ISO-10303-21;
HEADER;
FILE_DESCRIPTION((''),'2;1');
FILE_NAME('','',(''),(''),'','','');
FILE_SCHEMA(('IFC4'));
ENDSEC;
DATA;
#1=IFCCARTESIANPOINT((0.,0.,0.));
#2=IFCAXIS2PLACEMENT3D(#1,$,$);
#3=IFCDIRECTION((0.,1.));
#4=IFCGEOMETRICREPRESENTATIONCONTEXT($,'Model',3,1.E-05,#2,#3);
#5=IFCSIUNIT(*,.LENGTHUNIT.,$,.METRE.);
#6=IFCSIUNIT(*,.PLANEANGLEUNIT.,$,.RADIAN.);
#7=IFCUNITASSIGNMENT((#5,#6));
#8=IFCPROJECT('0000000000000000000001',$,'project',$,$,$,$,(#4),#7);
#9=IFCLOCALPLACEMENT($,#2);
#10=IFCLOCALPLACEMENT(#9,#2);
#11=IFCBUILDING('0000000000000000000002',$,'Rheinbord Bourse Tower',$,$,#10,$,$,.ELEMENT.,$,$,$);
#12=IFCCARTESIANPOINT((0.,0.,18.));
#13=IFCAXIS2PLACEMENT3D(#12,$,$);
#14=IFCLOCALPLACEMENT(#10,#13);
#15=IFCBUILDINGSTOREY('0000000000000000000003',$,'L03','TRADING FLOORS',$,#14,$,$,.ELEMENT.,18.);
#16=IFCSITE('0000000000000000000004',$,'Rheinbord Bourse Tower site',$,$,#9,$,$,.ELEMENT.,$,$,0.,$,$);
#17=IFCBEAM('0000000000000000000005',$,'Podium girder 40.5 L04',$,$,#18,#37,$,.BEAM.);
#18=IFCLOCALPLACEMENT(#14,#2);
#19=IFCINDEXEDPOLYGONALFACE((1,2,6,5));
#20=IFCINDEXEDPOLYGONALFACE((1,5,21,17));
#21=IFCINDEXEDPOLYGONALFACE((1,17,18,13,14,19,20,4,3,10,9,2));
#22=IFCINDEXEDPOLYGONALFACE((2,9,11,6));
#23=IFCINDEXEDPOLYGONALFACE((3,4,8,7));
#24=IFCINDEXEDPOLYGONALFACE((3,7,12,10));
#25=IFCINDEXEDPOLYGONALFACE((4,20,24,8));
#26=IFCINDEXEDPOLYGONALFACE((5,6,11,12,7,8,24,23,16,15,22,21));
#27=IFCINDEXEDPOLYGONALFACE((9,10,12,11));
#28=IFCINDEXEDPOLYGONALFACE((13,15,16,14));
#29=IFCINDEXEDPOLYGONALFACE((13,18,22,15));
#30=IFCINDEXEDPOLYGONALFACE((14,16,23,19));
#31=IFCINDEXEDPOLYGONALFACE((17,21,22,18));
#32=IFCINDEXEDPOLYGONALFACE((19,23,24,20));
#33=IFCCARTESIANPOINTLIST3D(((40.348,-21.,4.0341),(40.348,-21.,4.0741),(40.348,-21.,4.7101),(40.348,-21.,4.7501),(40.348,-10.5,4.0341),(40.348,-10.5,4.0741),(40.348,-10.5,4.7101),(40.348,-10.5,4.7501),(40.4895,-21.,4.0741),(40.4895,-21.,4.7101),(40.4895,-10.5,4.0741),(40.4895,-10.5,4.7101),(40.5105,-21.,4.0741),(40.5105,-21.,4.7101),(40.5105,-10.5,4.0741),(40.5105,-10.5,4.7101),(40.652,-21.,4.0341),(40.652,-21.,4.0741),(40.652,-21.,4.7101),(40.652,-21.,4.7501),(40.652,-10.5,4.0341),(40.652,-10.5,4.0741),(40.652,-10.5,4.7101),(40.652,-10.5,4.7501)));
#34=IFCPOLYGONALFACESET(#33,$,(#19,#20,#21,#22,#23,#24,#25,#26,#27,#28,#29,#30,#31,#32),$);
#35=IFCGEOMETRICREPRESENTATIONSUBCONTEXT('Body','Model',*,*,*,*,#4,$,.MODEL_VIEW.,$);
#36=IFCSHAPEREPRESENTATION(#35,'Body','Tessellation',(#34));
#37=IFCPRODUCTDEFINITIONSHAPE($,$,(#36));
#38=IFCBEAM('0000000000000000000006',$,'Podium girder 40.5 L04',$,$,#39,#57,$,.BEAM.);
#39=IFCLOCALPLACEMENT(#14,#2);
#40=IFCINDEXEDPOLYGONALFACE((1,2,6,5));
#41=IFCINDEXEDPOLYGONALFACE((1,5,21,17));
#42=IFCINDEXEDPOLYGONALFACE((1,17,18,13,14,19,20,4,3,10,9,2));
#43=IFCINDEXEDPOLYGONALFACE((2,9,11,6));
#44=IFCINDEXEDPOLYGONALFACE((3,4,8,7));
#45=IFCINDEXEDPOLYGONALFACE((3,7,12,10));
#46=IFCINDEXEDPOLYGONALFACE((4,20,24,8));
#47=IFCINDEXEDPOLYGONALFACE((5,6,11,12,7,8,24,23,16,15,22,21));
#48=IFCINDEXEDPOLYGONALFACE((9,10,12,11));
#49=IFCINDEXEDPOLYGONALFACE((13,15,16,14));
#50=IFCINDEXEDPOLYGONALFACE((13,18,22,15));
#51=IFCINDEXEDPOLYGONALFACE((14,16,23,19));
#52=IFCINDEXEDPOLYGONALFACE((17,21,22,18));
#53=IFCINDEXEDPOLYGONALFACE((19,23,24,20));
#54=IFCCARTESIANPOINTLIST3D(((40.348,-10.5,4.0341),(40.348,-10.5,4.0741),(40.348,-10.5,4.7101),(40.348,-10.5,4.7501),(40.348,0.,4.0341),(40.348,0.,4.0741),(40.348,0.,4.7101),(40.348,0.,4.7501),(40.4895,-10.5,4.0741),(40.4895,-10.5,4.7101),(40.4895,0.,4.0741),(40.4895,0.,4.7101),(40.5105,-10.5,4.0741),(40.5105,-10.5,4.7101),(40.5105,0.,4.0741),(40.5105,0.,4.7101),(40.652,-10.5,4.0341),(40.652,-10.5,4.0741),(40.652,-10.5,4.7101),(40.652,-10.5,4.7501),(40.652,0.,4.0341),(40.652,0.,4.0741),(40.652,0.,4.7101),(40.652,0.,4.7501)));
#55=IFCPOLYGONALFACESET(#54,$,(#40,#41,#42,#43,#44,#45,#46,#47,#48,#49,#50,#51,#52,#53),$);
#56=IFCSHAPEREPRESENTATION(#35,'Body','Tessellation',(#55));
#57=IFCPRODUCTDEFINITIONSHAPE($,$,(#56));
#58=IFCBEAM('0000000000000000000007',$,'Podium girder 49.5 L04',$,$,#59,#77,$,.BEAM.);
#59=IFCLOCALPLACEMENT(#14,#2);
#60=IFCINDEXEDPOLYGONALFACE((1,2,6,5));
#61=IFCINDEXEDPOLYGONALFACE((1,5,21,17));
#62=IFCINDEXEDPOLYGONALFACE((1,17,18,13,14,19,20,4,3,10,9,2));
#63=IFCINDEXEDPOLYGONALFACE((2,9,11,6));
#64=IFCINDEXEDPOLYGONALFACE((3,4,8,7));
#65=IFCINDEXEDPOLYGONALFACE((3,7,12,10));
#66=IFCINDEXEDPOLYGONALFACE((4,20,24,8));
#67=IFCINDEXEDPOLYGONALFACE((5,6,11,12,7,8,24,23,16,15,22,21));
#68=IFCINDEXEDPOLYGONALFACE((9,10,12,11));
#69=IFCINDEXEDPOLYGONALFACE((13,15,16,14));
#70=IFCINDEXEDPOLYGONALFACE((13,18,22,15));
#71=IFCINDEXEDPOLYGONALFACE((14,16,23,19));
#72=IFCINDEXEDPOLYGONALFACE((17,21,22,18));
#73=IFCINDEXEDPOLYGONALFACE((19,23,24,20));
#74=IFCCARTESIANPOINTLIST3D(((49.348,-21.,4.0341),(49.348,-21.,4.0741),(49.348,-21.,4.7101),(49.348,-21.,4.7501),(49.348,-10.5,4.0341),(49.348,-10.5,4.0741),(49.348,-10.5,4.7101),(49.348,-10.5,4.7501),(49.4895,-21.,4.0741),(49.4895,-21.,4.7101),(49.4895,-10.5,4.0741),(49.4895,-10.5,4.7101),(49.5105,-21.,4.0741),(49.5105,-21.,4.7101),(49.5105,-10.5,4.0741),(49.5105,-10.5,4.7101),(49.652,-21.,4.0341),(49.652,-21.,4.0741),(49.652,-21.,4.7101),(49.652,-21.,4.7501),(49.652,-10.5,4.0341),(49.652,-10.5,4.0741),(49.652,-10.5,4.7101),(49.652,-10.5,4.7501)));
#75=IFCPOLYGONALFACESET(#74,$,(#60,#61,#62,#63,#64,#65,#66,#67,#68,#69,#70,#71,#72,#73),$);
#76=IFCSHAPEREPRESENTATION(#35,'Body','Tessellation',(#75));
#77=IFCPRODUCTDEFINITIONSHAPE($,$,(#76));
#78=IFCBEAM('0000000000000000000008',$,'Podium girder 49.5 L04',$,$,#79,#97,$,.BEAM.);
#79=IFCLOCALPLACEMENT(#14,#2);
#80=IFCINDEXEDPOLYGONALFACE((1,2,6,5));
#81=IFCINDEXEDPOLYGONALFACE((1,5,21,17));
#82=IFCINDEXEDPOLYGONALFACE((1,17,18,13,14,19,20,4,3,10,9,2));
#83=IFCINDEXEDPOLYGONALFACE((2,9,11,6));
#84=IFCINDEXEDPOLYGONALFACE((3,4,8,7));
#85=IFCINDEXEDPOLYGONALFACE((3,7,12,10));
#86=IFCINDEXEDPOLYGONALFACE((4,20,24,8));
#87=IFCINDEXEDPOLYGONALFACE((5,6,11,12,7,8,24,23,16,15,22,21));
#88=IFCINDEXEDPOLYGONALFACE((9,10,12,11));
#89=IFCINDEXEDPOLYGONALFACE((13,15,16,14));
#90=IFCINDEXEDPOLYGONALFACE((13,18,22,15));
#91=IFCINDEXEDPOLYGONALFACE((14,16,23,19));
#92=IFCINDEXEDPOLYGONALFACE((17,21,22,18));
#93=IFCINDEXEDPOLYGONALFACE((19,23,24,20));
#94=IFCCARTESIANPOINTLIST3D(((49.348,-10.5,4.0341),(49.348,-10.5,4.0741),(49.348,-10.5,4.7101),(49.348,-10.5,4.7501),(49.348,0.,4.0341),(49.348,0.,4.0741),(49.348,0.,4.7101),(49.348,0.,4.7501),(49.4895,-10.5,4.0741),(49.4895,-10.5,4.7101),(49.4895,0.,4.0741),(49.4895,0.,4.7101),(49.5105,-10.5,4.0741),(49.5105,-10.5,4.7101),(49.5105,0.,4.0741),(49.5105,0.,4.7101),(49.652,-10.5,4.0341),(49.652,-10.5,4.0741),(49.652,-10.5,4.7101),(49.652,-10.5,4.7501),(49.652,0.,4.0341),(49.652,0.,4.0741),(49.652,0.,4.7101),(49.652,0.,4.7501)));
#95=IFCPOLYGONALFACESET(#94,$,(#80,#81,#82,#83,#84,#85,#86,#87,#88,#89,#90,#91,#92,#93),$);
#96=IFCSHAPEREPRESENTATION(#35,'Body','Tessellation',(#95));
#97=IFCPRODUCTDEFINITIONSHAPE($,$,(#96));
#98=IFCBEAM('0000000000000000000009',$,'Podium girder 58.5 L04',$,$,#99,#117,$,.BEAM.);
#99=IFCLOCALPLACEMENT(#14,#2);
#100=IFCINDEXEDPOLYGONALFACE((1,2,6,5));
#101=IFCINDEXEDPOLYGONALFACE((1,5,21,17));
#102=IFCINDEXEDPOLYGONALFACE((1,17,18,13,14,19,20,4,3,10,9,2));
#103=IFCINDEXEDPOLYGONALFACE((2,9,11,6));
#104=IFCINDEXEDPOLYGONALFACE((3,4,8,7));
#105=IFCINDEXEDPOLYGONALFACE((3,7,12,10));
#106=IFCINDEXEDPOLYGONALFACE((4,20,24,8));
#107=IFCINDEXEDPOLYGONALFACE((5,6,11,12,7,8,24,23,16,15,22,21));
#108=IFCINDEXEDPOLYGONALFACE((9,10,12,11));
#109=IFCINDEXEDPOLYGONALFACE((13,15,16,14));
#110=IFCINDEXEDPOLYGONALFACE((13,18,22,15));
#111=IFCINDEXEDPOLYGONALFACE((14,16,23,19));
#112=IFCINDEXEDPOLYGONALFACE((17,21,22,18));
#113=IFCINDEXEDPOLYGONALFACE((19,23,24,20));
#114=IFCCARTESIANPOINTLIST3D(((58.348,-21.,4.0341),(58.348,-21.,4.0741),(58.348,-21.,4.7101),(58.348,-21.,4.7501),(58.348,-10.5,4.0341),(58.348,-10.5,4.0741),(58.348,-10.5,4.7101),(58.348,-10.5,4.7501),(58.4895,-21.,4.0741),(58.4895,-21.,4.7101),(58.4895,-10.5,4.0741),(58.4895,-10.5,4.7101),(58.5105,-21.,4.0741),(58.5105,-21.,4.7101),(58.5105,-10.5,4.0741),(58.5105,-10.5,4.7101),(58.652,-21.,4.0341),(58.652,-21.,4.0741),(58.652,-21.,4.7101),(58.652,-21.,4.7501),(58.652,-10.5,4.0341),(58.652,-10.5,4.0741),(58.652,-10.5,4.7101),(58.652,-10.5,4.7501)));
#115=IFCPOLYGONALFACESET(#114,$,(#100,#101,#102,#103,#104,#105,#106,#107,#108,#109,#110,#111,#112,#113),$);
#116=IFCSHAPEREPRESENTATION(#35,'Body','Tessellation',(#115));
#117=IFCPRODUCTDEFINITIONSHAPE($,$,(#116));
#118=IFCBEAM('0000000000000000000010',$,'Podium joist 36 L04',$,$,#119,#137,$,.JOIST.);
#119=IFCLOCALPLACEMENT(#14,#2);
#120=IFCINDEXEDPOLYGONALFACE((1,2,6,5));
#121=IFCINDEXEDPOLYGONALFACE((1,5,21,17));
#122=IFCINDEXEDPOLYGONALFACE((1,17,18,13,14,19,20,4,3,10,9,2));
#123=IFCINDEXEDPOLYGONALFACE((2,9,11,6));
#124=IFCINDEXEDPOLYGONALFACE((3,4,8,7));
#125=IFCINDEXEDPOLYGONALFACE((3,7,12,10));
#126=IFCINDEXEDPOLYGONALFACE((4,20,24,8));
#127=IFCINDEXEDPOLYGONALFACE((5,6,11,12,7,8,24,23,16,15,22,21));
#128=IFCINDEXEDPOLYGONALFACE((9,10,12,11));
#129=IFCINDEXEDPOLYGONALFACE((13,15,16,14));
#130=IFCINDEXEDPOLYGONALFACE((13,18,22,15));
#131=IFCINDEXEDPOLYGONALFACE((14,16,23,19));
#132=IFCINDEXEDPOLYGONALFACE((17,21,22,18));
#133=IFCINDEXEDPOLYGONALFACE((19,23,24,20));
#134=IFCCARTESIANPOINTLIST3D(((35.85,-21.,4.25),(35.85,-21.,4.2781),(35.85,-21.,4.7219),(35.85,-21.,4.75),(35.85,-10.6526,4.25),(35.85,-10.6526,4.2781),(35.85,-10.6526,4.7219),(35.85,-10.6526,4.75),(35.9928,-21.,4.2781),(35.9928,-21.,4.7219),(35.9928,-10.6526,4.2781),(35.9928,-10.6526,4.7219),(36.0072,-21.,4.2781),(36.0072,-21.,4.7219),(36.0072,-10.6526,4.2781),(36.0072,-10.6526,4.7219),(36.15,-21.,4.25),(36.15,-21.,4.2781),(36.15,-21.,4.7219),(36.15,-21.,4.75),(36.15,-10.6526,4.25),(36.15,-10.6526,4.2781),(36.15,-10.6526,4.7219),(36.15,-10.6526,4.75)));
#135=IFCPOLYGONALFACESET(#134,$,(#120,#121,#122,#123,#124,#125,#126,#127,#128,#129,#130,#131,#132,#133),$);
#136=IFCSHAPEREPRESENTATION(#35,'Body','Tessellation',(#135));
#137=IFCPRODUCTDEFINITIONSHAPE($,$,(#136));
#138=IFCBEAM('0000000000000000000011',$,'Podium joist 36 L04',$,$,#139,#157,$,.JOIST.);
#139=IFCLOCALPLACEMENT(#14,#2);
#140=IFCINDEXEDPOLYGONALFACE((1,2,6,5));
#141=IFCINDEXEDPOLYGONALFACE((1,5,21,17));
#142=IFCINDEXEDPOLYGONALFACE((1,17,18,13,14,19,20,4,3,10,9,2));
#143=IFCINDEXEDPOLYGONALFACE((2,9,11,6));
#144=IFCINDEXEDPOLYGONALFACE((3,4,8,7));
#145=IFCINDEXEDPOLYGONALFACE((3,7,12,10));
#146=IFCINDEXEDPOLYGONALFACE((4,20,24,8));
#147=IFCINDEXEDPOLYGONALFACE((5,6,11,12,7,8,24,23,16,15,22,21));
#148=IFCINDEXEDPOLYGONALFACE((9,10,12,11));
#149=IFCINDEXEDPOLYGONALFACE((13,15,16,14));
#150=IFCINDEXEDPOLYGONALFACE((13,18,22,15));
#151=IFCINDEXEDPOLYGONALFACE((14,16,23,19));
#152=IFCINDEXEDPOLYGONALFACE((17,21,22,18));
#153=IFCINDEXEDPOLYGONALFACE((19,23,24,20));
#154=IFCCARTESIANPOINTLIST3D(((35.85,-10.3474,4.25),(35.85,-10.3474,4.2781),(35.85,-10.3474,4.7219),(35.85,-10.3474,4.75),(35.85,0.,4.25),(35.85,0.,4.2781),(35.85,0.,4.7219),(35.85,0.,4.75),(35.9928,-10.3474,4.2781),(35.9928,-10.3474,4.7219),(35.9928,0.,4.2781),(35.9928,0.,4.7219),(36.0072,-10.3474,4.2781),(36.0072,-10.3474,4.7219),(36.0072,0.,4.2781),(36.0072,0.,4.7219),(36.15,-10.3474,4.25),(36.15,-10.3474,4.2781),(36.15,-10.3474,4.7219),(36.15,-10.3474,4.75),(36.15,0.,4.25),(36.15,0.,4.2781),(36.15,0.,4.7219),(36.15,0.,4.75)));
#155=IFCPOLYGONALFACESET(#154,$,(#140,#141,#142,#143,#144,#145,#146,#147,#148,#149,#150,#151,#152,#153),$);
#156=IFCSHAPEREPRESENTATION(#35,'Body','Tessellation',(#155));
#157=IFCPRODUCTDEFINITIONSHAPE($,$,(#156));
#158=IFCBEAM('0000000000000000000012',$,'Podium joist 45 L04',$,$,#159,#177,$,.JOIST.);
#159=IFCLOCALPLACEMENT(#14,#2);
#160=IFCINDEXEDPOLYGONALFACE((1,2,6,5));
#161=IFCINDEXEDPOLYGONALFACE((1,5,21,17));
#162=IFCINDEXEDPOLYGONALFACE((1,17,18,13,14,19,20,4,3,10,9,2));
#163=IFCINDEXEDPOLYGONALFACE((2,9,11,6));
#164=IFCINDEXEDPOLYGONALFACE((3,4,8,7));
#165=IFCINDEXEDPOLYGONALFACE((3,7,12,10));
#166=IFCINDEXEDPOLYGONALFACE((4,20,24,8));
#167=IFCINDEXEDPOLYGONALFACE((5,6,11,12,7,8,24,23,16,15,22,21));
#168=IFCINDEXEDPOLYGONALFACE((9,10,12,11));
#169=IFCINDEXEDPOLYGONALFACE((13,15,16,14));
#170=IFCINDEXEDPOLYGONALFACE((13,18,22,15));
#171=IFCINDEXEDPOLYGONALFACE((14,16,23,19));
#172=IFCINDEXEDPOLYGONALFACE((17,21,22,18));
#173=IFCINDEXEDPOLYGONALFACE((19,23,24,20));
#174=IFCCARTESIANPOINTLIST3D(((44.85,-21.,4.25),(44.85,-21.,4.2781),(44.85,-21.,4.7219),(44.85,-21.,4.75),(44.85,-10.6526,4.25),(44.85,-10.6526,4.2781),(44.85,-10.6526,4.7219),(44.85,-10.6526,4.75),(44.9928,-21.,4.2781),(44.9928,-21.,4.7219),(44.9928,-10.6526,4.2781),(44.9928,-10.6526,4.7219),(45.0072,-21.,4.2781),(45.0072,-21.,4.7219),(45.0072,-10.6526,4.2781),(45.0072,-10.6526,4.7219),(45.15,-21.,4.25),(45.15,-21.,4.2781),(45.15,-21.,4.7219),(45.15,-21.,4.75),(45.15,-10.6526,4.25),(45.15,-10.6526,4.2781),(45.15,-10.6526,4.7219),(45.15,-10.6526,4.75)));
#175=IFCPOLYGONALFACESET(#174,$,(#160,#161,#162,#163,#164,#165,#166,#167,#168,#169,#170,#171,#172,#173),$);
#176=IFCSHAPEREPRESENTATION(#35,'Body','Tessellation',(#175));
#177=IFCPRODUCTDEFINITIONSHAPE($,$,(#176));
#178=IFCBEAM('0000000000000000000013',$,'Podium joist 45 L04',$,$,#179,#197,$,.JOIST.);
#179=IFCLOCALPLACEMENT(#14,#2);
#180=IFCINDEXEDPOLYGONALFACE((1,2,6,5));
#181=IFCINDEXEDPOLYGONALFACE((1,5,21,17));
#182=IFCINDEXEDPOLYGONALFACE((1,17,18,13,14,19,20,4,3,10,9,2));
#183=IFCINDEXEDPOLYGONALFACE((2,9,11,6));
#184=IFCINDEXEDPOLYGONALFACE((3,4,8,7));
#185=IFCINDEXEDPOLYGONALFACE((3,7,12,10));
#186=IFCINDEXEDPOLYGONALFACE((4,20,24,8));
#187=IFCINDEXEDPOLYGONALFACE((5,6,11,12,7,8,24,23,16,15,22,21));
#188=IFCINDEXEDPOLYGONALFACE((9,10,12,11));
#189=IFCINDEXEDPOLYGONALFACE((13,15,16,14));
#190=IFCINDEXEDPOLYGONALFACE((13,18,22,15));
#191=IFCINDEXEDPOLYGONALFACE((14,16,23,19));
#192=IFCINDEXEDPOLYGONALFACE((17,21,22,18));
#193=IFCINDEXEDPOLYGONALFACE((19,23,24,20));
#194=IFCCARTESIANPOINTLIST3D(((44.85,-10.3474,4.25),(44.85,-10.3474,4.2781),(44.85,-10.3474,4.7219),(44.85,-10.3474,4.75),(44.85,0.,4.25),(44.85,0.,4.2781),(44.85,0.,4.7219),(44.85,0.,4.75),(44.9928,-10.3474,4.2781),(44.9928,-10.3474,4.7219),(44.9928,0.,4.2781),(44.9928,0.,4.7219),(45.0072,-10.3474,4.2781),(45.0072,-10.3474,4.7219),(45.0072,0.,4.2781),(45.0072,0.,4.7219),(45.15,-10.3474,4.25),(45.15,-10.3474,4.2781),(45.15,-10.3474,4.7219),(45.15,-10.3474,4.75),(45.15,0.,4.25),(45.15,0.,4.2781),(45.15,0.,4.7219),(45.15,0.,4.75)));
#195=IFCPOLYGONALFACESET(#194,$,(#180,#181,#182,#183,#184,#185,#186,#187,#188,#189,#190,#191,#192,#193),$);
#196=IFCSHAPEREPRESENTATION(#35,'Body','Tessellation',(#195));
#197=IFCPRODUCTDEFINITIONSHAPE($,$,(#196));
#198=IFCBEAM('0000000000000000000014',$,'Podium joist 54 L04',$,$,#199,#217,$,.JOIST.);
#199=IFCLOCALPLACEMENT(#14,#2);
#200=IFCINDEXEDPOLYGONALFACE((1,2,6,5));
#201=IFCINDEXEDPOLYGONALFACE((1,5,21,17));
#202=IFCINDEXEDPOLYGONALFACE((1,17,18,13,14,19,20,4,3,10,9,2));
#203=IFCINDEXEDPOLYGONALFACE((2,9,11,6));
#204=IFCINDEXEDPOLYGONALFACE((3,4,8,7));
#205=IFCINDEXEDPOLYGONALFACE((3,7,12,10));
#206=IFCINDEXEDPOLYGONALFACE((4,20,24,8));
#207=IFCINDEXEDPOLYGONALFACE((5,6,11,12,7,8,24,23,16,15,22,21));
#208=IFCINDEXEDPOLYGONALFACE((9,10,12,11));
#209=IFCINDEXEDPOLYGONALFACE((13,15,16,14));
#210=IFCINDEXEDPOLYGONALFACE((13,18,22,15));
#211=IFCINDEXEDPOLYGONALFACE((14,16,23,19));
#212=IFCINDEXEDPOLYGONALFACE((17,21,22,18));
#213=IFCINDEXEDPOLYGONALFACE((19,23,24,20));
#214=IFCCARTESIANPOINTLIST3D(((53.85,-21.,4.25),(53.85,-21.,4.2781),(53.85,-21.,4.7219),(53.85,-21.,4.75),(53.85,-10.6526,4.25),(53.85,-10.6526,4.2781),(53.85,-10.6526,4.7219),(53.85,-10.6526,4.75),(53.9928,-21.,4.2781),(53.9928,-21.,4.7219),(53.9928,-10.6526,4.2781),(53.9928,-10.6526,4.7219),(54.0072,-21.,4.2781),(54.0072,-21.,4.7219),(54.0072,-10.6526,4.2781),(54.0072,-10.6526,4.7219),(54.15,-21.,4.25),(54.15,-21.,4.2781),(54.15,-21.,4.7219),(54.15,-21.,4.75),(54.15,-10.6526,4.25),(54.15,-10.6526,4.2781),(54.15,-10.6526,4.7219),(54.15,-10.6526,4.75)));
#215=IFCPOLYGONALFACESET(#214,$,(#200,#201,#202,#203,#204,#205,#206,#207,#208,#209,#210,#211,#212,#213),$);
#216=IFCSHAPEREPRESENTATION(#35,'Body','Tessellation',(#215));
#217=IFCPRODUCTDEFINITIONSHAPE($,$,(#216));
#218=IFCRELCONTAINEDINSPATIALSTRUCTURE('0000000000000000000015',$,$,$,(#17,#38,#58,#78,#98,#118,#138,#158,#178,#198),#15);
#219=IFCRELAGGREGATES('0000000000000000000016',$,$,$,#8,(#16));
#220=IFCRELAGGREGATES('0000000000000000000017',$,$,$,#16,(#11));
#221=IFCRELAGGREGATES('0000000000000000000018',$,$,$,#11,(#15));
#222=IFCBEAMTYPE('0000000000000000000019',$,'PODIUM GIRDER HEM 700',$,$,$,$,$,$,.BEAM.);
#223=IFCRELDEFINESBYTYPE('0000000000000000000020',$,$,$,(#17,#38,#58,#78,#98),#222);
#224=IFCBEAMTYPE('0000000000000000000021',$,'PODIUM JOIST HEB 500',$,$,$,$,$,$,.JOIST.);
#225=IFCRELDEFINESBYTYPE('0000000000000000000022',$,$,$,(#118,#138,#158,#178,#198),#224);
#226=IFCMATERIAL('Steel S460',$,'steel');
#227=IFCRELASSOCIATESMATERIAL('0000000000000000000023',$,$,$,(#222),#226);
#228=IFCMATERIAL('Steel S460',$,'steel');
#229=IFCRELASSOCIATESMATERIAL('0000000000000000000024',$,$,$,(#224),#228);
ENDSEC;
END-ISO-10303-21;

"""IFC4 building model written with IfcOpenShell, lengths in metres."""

from ifc_helpers import new_model, si_unit, direction, frame, origin, origin_2d, place, context, subcontext, project, spatial, i_section, extrude, material, material_profile, profile_set, type_object, element, save


model = new_model("IFC4")

# Units and contexts
model_context = context("Model", 3, precision=1e-05, world=origin(), true_north=direction((0.0, 1.0)))
body_context = subcontext(model_context, "Body", "Model", "MODEL_VIEW")
ifc_project = project(units=[si_unit("LENGTHUNIT", "METRE"), si_unit("PLANEANGLEUNIT", "RADIAN")], contexts=[model_context])

# Site, building, storey
site_placement = place(None, origin())
site = spatial("IfcSite", under=ifc_project, at=site_placement, Name="Rheinbord Bourse Tower site", CompositionType="ELEMENT", RefElevation=0.0)
building_placement = place(site_placement, origin())
building = spatial("IfcBuilding", under=site, at=building_placement, Name="Rheinbord Bourse Tower", CompositionType="ELEMENT")
storey_placement = place(building_placement, frame((0.0, 0.0, 18.0)))
storey = spatial("IfcBuildingStorey", under=building, at=storey_placement, Name="L03", Description="TRADING FLOORS", CompositionType="ELEMENT", Elevation=18.0)

# Beams
ifc_material_1 = material(Name="Steel S460", Category="steel")
ifc_material_profile_1 = material_profile(ifc_material_1, i_section(OverallWidth=0.304, OverallDepth=0.7161, WebThickness=0.021, FlangeThickness=0.04, at=origin_2d()), Name="HEM 700")
ifc_profile_set_1 = profile_set([ifc_material_profile_1], Name="Steel S460")
beam_type_1 = type_object("IfcBeamType", Name="PODIUM GIRDER HEM 700", PredefinedType="BEAM", material=ifc_profile_set_1)
for number, where, z_axis, x_axis, name in (
    (1, (40.5, -21.0, 4.3921), (0.0, 1.0, 0.0), (-1.0, 0.0, 0.0), "Podium girder 40.5 L04"),
    (2, (40.5, -10.5, 4.3921), (0.0, 1.0, 0.0), (-1.0, 0.0, 0.0), "Podium girder 40.5 L04"),
    (3, (49.5, -21.0, 4.3921), (0.0, 1.0, 0.0), (-1.0, 0.0, 0.0), "Podium girder 49.5 L04"),
    (4, (49.5, -10.5, 4.3921), (0.0, 1.0, 0.0), (-1.0, 0.0, 0.0), "Podium girder 49.5 L04"),
    (5, (58.5, -21.0, 4.3921), (0.0, 1.0, 0.0), (-1.0, 0.0, 0.0), "Podium girder 58.5 L04"),
):
    element("IfcBeam", number, at=place(storey_placement, frame(where, z_axis=z_axis, x_axis=x_axis)), inside=storey, type_object=beam_type_1, Name=name, PredefinedType="BEAM", context=body_context, shape_type="SweptSolid", body=[
        extrude(i_section(OverallWidth=0.304, OverallDepth=0.7161, WebThickness=0.021, FlangeThickness=0.04, at=origin_2d()), origin(), (0.0, 0.0, 1.0), 10.5),
    ])
ifc_material_2 = material(Name="Steel S460", Category="steel")
ifc_material_profile_2 = material_profile(ifc_material_2, i_section(OverallWidth=0.3, OverallDepth=0.5, WebThickness=0.0144, FlangeThickness=0.0281, at=origin_2d()), Name="HEB 500")
ifc_profile_set_2 = profile_set([ifc_material_profile_2], Name="Steel S460")
beam_type_2 = type_object("IfcBeamType", Name="PODIUM JOIST HEB 500", PredefinedType="JOIST", material=ifc_profile_set_2)
for number, where, z_axis, x_axis, name in (
    (6, (36.0, -21.0, 4.5), (0.0, 1.0, 0.0), (-1.0, 0.0, 0.0), "Podium joist 36 L04"),
    (7, (36.0, -10.3474, 4.5), (0.0, 1.0, 0.0), (-1.0, 0.0, 0.0), "Podium joist 36 L04"),
    (8, (45.0, -21.0, 4.5), (0.0, 1.0, 0.0), (-1.0, 0.0, 0.0), "Podium joist 45 L04"),
    (9, (45.0, -10.3474, 4.5), (0.0, 1.0, 0.0), (-1.0, 0.0, 0.0), "Podium joist 45 L04"),
    (10, (54.0, -21.0, 4.5), (0.0, 1.0, 0.0), (-1.0, 0.0, 0.0), "Podium joist 54 L04"),
):
    element("IfcBeam", number, at=place(storey_placement, frame(where, z_axis=z_axis, x_axis=x_axis)), inside=storey, type_object=beam_type_2, Name=name, PredefinedType="JOIST", context=body_context, shape_type="SweptSolid", body=[
        extrude(i_section(OverallWidth=0.3, OverallDepth=0.5, WebThickness=0.0144, FlangeThickness=0.0281, at=origin_2d()), origin(), (0.0, 0.0, 1.0), 10.3474),
    ])

save(model, "model.ifc")
